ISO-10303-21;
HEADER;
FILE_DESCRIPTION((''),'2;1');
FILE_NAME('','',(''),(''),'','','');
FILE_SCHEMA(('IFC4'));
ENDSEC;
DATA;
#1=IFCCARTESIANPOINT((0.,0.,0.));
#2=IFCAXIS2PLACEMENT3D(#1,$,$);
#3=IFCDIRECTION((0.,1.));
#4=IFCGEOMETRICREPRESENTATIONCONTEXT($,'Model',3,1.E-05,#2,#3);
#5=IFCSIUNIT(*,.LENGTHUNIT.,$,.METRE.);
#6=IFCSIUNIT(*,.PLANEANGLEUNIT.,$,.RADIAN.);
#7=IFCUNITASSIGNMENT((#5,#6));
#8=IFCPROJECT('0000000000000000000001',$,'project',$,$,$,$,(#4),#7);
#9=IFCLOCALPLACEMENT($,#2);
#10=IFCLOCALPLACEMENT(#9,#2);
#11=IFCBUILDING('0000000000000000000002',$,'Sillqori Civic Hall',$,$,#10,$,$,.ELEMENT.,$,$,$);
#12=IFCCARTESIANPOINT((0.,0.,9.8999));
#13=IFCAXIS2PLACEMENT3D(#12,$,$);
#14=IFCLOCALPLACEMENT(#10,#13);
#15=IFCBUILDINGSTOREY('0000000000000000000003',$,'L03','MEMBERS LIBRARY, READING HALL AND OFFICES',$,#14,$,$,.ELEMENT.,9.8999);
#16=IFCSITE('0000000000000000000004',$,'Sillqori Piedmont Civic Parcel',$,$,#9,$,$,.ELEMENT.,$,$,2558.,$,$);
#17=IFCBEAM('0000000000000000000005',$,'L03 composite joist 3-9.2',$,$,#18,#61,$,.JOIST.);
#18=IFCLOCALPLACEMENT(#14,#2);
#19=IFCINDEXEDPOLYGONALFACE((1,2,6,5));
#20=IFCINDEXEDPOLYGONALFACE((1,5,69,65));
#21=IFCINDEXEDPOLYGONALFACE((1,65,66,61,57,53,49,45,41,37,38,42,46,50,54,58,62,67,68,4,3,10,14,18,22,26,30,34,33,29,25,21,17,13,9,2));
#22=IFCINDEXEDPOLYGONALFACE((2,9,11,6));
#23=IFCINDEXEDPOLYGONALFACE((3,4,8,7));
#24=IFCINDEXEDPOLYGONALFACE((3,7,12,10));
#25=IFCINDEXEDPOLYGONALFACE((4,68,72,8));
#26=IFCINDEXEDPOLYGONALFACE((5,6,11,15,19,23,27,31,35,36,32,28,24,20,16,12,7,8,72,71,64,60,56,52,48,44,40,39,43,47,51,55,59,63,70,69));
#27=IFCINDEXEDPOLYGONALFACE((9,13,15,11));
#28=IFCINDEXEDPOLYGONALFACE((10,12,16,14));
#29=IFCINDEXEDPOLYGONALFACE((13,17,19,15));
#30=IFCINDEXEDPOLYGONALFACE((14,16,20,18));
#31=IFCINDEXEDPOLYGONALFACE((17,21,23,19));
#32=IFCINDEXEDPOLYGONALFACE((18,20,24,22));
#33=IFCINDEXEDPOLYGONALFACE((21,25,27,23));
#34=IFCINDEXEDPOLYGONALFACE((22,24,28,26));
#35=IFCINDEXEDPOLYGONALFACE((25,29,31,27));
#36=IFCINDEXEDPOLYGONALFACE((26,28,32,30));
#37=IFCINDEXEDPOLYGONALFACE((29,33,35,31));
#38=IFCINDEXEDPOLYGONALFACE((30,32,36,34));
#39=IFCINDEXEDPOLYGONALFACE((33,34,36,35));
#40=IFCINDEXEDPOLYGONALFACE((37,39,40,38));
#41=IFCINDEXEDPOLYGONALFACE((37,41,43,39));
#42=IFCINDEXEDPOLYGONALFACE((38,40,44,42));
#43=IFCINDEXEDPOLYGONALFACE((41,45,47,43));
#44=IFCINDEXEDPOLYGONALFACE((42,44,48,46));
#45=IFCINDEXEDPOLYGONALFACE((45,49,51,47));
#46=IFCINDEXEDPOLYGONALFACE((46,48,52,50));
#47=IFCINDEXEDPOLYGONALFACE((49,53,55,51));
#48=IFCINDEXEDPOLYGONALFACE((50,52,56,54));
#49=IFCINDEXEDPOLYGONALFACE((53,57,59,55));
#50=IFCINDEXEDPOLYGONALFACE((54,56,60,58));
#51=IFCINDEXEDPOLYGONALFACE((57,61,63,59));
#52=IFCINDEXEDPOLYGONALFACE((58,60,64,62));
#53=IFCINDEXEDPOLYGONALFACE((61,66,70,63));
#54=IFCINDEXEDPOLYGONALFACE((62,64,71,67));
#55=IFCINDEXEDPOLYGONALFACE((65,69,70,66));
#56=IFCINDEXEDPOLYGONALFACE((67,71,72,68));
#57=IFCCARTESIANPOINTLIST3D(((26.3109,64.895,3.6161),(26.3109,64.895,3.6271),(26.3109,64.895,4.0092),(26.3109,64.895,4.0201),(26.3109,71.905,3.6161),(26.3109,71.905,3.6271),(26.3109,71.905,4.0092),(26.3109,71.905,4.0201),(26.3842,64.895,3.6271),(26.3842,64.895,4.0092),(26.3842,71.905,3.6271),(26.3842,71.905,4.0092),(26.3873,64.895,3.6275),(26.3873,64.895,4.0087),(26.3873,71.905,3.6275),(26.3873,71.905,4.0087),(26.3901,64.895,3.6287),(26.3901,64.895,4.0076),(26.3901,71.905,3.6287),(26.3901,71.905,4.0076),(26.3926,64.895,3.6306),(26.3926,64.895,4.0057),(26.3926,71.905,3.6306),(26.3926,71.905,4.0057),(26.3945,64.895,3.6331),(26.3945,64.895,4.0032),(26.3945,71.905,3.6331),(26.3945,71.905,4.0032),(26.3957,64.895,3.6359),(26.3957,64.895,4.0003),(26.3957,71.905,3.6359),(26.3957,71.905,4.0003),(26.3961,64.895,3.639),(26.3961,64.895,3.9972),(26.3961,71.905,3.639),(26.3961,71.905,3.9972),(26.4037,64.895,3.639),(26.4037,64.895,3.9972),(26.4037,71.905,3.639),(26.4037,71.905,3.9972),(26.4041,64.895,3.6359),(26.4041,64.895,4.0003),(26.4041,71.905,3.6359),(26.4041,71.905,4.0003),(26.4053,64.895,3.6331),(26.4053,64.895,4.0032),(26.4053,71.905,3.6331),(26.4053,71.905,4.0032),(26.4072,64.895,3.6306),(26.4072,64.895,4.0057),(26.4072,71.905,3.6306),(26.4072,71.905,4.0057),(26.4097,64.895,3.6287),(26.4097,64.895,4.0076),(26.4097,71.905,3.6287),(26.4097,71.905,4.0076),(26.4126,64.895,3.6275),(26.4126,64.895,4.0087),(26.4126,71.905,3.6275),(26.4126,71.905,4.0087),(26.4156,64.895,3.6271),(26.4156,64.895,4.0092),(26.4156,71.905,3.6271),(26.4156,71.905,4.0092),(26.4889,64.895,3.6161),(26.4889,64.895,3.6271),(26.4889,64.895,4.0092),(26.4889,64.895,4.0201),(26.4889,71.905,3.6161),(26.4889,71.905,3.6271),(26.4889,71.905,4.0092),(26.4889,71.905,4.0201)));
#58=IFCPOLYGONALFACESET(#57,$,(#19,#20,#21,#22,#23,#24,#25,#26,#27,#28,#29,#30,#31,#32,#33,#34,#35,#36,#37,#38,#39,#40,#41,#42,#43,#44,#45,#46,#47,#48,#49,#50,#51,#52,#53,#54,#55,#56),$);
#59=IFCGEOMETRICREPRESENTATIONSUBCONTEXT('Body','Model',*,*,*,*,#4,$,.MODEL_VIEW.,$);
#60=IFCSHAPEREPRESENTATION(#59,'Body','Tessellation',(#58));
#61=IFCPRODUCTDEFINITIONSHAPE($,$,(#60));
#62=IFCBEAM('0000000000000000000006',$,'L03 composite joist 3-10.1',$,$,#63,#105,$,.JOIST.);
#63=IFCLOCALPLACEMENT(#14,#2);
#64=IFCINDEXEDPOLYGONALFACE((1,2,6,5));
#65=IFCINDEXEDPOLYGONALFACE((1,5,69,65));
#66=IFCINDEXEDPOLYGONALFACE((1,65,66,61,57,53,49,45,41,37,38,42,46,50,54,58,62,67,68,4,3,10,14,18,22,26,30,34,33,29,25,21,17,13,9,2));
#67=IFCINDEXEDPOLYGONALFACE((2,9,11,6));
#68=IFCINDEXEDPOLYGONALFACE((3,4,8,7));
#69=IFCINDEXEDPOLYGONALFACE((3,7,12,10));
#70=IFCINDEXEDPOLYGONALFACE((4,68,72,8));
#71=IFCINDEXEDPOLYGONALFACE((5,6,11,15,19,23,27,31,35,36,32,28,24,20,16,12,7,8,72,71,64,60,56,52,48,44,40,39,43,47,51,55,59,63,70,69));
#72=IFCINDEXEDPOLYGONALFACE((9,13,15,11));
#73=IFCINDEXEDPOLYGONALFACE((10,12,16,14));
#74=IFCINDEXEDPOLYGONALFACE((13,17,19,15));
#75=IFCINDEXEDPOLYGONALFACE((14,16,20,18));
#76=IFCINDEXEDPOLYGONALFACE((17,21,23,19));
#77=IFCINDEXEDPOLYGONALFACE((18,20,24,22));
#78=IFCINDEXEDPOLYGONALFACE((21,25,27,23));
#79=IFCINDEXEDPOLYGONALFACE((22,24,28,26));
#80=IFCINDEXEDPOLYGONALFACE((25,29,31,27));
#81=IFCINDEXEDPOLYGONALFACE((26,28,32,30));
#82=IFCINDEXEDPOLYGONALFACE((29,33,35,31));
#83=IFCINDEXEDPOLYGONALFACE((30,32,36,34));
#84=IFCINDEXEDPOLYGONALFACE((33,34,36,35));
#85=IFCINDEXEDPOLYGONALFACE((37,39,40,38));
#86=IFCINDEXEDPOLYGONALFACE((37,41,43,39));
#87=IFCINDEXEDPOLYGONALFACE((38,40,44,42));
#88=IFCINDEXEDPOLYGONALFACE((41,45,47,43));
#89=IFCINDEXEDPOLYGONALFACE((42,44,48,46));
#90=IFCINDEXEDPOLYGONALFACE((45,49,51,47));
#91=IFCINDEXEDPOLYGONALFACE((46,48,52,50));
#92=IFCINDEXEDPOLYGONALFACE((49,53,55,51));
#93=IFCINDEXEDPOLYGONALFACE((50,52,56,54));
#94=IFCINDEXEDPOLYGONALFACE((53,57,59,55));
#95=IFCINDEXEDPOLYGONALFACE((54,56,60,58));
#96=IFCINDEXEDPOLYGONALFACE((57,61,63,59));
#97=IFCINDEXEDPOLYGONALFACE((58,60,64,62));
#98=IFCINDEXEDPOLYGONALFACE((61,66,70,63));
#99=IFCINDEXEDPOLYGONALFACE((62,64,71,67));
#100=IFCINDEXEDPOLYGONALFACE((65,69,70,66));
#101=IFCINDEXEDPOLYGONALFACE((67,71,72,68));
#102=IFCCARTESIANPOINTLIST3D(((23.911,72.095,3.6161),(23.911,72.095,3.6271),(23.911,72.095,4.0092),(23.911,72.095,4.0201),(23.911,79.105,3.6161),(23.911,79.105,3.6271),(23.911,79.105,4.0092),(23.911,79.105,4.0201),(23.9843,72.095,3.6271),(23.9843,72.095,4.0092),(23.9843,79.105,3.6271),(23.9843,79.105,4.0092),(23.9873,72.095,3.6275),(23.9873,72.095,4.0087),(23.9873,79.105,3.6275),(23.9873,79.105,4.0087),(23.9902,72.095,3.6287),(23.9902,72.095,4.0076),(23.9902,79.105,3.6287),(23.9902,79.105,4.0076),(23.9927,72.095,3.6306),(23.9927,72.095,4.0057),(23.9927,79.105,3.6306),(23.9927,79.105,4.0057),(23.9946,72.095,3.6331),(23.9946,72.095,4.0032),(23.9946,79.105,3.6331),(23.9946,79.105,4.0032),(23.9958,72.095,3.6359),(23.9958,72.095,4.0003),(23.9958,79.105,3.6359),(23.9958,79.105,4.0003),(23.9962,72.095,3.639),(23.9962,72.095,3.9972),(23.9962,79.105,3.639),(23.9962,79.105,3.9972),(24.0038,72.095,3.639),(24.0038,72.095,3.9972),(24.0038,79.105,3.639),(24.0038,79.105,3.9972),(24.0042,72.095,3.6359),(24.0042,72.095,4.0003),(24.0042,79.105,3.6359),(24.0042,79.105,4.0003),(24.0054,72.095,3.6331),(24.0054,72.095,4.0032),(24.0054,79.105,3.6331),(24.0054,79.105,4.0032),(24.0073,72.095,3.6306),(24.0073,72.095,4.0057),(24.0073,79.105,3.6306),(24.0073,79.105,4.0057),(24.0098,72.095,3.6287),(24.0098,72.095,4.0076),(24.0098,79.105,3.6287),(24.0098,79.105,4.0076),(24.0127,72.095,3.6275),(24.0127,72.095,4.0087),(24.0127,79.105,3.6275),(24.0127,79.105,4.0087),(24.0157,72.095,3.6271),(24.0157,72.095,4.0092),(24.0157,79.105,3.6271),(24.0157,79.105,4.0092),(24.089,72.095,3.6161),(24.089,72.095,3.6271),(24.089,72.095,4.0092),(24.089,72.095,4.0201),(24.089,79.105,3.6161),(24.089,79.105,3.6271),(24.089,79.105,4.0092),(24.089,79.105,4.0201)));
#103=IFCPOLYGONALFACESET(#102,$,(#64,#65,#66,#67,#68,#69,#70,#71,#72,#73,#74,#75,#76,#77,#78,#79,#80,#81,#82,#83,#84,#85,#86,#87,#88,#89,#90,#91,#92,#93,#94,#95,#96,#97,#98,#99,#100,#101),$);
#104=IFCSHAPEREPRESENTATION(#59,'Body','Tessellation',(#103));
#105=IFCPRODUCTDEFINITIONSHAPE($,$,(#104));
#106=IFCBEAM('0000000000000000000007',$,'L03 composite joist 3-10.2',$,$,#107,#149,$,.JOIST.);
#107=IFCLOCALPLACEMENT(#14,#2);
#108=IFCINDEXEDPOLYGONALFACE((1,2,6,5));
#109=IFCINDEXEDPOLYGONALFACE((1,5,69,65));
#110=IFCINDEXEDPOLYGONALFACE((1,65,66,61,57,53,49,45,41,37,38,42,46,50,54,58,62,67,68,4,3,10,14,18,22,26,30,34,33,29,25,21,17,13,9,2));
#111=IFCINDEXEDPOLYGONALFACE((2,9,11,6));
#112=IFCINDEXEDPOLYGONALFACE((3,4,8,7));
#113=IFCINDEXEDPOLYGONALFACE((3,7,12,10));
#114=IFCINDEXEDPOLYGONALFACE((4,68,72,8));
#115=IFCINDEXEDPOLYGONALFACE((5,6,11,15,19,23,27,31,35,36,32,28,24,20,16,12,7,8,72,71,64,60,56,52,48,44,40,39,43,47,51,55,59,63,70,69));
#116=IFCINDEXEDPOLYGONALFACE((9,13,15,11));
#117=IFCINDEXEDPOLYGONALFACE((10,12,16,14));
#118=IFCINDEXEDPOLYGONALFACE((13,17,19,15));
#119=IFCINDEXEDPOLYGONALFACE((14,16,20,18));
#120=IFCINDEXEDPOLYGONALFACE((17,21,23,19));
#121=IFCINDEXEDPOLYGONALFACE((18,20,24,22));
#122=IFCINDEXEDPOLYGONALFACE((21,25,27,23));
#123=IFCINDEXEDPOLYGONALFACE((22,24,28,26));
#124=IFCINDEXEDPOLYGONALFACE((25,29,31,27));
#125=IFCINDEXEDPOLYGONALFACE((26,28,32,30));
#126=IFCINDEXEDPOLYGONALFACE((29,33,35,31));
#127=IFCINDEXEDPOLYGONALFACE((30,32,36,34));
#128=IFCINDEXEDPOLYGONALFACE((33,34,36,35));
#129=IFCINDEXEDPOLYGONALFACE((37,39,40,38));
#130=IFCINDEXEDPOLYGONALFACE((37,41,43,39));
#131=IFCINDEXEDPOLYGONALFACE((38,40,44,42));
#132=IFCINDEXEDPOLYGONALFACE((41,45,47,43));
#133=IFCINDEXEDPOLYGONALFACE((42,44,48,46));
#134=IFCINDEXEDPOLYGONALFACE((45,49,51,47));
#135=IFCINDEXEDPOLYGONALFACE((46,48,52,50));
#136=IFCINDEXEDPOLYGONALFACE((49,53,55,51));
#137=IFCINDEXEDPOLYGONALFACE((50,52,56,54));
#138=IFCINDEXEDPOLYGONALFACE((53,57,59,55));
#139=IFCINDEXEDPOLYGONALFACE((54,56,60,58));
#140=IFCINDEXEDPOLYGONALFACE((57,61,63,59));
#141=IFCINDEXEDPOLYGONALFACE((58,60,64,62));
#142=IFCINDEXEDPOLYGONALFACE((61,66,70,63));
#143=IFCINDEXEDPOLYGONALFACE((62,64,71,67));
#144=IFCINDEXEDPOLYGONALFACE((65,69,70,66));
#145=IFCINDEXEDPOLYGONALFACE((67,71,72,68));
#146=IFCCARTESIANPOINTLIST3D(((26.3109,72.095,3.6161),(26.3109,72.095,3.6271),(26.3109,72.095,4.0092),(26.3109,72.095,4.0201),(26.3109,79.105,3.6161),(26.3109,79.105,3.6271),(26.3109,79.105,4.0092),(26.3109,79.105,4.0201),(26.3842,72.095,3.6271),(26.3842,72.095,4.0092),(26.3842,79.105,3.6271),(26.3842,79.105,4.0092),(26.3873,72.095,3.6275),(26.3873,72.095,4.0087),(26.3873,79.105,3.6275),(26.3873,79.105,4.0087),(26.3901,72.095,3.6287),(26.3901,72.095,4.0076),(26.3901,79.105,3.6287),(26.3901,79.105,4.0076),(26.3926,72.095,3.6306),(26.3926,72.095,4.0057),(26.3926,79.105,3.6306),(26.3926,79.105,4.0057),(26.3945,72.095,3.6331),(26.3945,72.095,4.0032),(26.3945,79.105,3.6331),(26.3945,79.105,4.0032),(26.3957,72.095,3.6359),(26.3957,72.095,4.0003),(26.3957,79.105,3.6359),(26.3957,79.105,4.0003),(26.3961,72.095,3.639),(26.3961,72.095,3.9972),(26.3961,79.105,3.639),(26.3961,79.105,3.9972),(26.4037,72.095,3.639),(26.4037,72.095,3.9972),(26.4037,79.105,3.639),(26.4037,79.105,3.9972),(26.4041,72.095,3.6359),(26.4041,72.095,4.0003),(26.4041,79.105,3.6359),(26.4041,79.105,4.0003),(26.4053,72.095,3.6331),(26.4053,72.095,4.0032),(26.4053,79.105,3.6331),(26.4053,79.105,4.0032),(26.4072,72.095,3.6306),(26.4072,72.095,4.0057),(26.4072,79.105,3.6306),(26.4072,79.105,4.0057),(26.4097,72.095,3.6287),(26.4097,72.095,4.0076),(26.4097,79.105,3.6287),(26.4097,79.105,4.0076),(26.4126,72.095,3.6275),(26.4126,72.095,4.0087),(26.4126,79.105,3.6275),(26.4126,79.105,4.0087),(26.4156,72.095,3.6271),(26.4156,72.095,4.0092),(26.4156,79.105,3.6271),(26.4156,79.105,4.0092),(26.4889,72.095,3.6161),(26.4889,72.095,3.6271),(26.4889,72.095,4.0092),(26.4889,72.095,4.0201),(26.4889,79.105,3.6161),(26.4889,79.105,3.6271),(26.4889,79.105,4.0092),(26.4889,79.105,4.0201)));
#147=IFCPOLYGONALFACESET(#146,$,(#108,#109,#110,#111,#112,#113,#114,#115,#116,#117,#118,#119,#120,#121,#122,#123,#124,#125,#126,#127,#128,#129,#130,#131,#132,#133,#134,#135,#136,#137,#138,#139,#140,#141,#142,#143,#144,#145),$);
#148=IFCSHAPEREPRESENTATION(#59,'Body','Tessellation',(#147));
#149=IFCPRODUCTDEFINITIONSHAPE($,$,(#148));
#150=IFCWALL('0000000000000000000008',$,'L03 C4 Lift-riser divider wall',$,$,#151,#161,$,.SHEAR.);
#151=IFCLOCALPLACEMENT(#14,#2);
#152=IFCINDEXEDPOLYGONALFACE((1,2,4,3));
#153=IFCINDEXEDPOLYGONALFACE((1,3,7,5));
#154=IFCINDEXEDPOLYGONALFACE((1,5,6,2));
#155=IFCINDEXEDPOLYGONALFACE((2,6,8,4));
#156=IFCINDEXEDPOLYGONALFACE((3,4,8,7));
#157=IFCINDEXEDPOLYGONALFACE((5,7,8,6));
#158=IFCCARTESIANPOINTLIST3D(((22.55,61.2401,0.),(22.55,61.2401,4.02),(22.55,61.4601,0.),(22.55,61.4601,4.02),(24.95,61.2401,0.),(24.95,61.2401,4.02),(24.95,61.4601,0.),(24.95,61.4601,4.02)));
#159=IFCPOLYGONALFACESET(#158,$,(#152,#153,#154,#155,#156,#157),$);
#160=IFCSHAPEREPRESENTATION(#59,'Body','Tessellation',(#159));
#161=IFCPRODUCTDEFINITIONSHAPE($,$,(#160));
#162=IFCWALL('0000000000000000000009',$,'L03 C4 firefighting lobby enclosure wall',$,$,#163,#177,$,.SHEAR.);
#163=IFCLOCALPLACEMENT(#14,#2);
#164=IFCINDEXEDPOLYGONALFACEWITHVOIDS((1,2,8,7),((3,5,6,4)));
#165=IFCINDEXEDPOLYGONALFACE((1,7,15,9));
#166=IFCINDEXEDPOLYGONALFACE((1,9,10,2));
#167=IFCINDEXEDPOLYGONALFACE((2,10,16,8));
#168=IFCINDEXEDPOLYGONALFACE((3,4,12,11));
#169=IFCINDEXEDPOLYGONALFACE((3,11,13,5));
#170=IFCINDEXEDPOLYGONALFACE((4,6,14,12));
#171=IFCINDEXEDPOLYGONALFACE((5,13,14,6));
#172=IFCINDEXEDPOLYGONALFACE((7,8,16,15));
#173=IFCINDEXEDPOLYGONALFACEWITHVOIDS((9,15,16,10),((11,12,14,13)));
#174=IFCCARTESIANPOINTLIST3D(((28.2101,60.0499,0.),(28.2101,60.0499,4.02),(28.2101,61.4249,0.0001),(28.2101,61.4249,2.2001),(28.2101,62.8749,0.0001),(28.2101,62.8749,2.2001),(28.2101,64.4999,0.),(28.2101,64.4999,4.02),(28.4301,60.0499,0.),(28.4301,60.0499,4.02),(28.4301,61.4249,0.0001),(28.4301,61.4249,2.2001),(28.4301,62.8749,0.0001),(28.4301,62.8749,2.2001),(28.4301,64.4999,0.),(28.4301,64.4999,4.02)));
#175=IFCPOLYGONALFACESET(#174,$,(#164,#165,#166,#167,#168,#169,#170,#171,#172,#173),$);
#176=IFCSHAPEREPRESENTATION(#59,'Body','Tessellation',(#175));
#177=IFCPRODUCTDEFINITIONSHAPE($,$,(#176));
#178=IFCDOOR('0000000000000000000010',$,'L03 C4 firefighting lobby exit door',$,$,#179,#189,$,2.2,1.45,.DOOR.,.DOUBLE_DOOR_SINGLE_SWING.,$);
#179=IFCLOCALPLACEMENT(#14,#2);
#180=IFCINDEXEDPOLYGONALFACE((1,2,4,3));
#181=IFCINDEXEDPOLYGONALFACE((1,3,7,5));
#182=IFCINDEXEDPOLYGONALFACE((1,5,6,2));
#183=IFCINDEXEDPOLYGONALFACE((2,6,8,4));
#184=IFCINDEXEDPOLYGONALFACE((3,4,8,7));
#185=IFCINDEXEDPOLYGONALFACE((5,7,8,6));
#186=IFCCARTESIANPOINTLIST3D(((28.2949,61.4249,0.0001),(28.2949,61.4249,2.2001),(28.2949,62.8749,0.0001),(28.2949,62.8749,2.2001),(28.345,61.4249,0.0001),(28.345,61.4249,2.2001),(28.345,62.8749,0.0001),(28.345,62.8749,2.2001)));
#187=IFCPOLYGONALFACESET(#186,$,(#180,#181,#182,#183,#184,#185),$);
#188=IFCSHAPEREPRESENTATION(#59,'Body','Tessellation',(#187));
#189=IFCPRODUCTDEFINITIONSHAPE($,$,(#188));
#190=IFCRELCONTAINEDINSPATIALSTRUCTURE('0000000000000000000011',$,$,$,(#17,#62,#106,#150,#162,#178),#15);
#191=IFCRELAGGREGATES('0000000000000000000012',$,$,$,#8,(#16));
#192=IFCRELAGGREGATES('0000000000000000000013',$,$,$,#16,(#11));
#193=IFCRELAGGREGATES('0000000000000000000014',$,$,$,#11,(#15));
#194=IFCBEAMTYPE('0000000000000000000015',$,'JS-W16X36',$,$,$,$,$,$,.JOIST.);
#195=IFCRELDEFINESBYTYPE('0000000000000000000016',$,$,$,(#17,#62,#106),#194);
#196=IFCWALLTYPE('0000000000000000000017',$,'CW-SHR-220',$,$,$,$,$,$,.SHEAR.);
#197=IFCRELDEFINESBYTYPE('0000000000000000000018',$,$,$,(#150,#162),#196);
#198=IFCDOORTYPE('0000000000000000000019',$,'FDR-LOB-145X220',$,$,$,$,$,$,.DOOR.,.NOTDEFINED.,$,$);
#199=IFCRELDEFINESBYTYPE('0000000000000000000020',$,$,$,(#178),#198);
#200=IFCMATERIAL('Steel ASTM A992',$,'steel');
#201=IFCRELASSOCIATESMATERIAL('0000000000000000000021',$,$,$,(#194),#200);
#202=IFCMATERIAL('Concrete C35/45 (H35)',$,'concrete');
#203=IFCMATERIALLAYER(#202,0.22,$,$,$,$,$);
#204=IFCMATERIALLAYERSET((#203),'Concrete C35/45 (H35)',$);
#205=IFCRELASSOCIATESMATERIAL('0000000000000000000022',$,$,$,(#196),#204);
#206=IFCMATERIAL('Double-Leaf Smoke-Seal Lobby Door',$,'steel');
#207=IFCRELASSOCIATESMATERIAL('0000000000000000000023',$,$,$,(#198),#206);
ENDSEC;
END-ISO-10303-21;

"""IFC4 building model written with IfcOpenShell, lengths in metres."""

from ifc_helpers import new_model, si_unit, direction, frame, frame_2d, origin, origin_2d, place, context, subcontext, project, spatial, rectangle, i_section, extrude, material, layer, layer_set, material_profile, profile_set, type_object, element, fill, save


model = new_model("IFC4")

# Units and contexts
model_context = context("Model", 3, precision=1e-05, world=origin(), true_north=direction((0.0, 1.0)))
body_context = subcontext(model_context, "Body", "Model", "MODEL_VIEW")
ifc_project = project(units=[si_unit("LENGTHUNIT", "METRE"), si_unit("PLANEANGLEUNIT", "RADIAN")], contexts=[model_context])

# Site, building, storey
site_placement = place(None, origin())
site = spatial("IfcSite", under=ifc_project, at=site_placement, Name="Sillqori Piedmont Civic Parcel", CompositionType="ELEMENT", RefElevation=2558.0)
building_placement = place(site_placement, origin())
building = spatial("IfcBuilding", under=site, at=building_placement, Name="Sillqori Civic Hall", CompositionType="ELEMENT")
storey_placement = place(building_placement, frame((0.0, 0.0, 9.8999)))
storey = spatial("IfcBuildingStorey", under=building, at=storey_placement, Name="L03", Description="MEMBERS LIBRARY, READING HALL AND OFFICES", CompositionType="ELEMENT", Elevation=9.8999)

# Shared definitions
ifc_material_1 = material(Name="Steel ASTM A992", Category="steel")

# Beams
ifc_material_profile_1 = material_profile(ifc_material_1, i_section(OverallWidth=0.178, OverallDepth=0.4041, WebThickness=0.0076, FlangeThickness=0.011, FilletRadius=0.012, at=origin_2d()), Name="W16X36")
ifc_profile_set_1 = profile_set([ifc_material_profile_1], Name="Steel ASTM A992")
beam_type_1 = type_object("IfcBeamType", Name="JS-W16X36", PredefinedType="JOIST", material=ifc_profile_set_1)
for number, where, z_axis, x_axis, name in (
    (1, (26.3999, 64.895, 3.8181), (0.0, 1.0, 0.0), (-1.0, 0.0, 0.0), "L03 composite joist 3-9.2"),
    (2, (24.0, 72.095, 3.8181), (0.0, 1.0, 0.0), (-1.0, 0.0, 0.0), "L03 composite joist 3-10.1"),
    (3, (26.3999, 72.095, 3.8181), (0.0, 1.0, 0.0), (-1.0, 0.0, 0.0), "L03 composite joist 3-10.2"),
):
    element("IfcBeam", number, at=place(storey_placement, frame(where, z_axis=z_axis, x_axis=x_axis)), inside=storey, type_object=beam_type_1, Name=name, PredefinedType="JOIST", context=body_context, shape_type="SweptSolid", body=[
        extrude(i_section(OverallWidth=0.178, OverallDepth=0.4041, WebThickness=0.0076, FlangeThickness=0.011, FilletRadius=0.012, at=origin_2d()), origin(), (0.0, 0.0, 1.0), 7.01),
    ])

# Wall
ifc_material_2 = material(Name="Concrete C35/45 (H35)", Category="concrete")
ifc_layer_1 = layer(ifc_material_2, 0.22)
ifc_layer_set_1 = layer_set([ifc_layer_1], Name="Concrete C35/45 (H35)")
wall_type_1 = type_object("IfcWallType", Name="CW-SHR-220", PredefinedType="SHEAR", material=ifc_layer_set_1)
wall_1_placement = place(storey_placement, frame((22.55, 61.3501, 0.0), z_axis=(0.0, 0.0, 1.0), x_axis=(1.0, 0.0, 0.0)))
element("IfcWall", 4, at=wall_1_placement, inside=storey, type_object=wall_type_1, Name="L03 C4 Lift-riser divider wall", PredefinedType="SHEAR", context=body_context, shape_type="SweptSolid", body=[
    extrude(rectangle(XDim=2.3999, YDim=0.22, at=frame_2d((1.2, 0.0))), origin(), (0.0, 0.0, 1.0), 4.02),
])

# Wall, opening, door
wall_2_placement = place(storey_placement, frame((28.3201, 64.5, 0.0), z_axis=(0.0, 0.0, 1.0), x_axis=(0.0, -1.0, 0.0)))
wall_2 = element("IfcWall", 5, at=wall_2_placement, inside=storey, type_object=wall_type_1, Name="L03 C4 firefighting lobby enclosure wall", PredefinedType="SHEAR", context=body_context, shape_type="SweptSolid", body=[
    extrude(rectangle(XDim=4.45, YDim=0.22, at=frame_2d((2.2251, 0.0))), origin(), (0.0, 0.0, 1.0), 4.02),
])
opening_1_placement = place(wall_2_placement, frame((1.625, 0.0, 0.0)))
opening_1 = element("IfcOpeningElement", 6, at=opening_1_placement, cuts=wall_2, PredefinedType="OPENING", context=body_context, shape_type="SweptSolid", body=[
    extrude(rectangle(XDim=1.45, YDim=2.2, at=frame_2d((0.7251, 1.1001))), frame((0.0, 0.1199, 0.0), z_axis=(0.0, -1.0, 0.0), x_axis=(1.0, 0.0, 0.0)), (0.0, 0.0, 1.0), 0.24),
])
ifc_material_3 = material(Name="Double-Leaf Smoke-Seal Lobby Door", Category="steel")
door_type_1 = type_object("IfcDoorType", Name="FDR-LOB-145X220", OperationType="NOTDEFINED", PredefinedType="DOOR", material=ifc_material_3)
door_1_placement = place(opening_1_placement, origin())
door_1 = element("IfcDoor", 7, at=door_1_placement, inside=storey, type_object=door_type_1, Name="L03 C4 firefighting lobby exit door", OperationType="DOUBLE_DOOR_SINGLE_SWING", OverallHeight=2.2, OverallWidth=1.45, PredefinedType="DOOR", context=body_context, shape_type="SweptSolid", body=[
    extrude(rectangle(XDim=1.45, YDim=2.2, at=frame_2d((0.7251, 1.1001))), frame((0.0, 0.0249, 0.0), z_axis=(0.0, -1.0, 0.0), x_axis=(1.0, 0.0, 0.0)), (0.0, 0.0, 1.0), 0.05),
])
fill(opening_1, door_1)

save(model, "model.ifc")
